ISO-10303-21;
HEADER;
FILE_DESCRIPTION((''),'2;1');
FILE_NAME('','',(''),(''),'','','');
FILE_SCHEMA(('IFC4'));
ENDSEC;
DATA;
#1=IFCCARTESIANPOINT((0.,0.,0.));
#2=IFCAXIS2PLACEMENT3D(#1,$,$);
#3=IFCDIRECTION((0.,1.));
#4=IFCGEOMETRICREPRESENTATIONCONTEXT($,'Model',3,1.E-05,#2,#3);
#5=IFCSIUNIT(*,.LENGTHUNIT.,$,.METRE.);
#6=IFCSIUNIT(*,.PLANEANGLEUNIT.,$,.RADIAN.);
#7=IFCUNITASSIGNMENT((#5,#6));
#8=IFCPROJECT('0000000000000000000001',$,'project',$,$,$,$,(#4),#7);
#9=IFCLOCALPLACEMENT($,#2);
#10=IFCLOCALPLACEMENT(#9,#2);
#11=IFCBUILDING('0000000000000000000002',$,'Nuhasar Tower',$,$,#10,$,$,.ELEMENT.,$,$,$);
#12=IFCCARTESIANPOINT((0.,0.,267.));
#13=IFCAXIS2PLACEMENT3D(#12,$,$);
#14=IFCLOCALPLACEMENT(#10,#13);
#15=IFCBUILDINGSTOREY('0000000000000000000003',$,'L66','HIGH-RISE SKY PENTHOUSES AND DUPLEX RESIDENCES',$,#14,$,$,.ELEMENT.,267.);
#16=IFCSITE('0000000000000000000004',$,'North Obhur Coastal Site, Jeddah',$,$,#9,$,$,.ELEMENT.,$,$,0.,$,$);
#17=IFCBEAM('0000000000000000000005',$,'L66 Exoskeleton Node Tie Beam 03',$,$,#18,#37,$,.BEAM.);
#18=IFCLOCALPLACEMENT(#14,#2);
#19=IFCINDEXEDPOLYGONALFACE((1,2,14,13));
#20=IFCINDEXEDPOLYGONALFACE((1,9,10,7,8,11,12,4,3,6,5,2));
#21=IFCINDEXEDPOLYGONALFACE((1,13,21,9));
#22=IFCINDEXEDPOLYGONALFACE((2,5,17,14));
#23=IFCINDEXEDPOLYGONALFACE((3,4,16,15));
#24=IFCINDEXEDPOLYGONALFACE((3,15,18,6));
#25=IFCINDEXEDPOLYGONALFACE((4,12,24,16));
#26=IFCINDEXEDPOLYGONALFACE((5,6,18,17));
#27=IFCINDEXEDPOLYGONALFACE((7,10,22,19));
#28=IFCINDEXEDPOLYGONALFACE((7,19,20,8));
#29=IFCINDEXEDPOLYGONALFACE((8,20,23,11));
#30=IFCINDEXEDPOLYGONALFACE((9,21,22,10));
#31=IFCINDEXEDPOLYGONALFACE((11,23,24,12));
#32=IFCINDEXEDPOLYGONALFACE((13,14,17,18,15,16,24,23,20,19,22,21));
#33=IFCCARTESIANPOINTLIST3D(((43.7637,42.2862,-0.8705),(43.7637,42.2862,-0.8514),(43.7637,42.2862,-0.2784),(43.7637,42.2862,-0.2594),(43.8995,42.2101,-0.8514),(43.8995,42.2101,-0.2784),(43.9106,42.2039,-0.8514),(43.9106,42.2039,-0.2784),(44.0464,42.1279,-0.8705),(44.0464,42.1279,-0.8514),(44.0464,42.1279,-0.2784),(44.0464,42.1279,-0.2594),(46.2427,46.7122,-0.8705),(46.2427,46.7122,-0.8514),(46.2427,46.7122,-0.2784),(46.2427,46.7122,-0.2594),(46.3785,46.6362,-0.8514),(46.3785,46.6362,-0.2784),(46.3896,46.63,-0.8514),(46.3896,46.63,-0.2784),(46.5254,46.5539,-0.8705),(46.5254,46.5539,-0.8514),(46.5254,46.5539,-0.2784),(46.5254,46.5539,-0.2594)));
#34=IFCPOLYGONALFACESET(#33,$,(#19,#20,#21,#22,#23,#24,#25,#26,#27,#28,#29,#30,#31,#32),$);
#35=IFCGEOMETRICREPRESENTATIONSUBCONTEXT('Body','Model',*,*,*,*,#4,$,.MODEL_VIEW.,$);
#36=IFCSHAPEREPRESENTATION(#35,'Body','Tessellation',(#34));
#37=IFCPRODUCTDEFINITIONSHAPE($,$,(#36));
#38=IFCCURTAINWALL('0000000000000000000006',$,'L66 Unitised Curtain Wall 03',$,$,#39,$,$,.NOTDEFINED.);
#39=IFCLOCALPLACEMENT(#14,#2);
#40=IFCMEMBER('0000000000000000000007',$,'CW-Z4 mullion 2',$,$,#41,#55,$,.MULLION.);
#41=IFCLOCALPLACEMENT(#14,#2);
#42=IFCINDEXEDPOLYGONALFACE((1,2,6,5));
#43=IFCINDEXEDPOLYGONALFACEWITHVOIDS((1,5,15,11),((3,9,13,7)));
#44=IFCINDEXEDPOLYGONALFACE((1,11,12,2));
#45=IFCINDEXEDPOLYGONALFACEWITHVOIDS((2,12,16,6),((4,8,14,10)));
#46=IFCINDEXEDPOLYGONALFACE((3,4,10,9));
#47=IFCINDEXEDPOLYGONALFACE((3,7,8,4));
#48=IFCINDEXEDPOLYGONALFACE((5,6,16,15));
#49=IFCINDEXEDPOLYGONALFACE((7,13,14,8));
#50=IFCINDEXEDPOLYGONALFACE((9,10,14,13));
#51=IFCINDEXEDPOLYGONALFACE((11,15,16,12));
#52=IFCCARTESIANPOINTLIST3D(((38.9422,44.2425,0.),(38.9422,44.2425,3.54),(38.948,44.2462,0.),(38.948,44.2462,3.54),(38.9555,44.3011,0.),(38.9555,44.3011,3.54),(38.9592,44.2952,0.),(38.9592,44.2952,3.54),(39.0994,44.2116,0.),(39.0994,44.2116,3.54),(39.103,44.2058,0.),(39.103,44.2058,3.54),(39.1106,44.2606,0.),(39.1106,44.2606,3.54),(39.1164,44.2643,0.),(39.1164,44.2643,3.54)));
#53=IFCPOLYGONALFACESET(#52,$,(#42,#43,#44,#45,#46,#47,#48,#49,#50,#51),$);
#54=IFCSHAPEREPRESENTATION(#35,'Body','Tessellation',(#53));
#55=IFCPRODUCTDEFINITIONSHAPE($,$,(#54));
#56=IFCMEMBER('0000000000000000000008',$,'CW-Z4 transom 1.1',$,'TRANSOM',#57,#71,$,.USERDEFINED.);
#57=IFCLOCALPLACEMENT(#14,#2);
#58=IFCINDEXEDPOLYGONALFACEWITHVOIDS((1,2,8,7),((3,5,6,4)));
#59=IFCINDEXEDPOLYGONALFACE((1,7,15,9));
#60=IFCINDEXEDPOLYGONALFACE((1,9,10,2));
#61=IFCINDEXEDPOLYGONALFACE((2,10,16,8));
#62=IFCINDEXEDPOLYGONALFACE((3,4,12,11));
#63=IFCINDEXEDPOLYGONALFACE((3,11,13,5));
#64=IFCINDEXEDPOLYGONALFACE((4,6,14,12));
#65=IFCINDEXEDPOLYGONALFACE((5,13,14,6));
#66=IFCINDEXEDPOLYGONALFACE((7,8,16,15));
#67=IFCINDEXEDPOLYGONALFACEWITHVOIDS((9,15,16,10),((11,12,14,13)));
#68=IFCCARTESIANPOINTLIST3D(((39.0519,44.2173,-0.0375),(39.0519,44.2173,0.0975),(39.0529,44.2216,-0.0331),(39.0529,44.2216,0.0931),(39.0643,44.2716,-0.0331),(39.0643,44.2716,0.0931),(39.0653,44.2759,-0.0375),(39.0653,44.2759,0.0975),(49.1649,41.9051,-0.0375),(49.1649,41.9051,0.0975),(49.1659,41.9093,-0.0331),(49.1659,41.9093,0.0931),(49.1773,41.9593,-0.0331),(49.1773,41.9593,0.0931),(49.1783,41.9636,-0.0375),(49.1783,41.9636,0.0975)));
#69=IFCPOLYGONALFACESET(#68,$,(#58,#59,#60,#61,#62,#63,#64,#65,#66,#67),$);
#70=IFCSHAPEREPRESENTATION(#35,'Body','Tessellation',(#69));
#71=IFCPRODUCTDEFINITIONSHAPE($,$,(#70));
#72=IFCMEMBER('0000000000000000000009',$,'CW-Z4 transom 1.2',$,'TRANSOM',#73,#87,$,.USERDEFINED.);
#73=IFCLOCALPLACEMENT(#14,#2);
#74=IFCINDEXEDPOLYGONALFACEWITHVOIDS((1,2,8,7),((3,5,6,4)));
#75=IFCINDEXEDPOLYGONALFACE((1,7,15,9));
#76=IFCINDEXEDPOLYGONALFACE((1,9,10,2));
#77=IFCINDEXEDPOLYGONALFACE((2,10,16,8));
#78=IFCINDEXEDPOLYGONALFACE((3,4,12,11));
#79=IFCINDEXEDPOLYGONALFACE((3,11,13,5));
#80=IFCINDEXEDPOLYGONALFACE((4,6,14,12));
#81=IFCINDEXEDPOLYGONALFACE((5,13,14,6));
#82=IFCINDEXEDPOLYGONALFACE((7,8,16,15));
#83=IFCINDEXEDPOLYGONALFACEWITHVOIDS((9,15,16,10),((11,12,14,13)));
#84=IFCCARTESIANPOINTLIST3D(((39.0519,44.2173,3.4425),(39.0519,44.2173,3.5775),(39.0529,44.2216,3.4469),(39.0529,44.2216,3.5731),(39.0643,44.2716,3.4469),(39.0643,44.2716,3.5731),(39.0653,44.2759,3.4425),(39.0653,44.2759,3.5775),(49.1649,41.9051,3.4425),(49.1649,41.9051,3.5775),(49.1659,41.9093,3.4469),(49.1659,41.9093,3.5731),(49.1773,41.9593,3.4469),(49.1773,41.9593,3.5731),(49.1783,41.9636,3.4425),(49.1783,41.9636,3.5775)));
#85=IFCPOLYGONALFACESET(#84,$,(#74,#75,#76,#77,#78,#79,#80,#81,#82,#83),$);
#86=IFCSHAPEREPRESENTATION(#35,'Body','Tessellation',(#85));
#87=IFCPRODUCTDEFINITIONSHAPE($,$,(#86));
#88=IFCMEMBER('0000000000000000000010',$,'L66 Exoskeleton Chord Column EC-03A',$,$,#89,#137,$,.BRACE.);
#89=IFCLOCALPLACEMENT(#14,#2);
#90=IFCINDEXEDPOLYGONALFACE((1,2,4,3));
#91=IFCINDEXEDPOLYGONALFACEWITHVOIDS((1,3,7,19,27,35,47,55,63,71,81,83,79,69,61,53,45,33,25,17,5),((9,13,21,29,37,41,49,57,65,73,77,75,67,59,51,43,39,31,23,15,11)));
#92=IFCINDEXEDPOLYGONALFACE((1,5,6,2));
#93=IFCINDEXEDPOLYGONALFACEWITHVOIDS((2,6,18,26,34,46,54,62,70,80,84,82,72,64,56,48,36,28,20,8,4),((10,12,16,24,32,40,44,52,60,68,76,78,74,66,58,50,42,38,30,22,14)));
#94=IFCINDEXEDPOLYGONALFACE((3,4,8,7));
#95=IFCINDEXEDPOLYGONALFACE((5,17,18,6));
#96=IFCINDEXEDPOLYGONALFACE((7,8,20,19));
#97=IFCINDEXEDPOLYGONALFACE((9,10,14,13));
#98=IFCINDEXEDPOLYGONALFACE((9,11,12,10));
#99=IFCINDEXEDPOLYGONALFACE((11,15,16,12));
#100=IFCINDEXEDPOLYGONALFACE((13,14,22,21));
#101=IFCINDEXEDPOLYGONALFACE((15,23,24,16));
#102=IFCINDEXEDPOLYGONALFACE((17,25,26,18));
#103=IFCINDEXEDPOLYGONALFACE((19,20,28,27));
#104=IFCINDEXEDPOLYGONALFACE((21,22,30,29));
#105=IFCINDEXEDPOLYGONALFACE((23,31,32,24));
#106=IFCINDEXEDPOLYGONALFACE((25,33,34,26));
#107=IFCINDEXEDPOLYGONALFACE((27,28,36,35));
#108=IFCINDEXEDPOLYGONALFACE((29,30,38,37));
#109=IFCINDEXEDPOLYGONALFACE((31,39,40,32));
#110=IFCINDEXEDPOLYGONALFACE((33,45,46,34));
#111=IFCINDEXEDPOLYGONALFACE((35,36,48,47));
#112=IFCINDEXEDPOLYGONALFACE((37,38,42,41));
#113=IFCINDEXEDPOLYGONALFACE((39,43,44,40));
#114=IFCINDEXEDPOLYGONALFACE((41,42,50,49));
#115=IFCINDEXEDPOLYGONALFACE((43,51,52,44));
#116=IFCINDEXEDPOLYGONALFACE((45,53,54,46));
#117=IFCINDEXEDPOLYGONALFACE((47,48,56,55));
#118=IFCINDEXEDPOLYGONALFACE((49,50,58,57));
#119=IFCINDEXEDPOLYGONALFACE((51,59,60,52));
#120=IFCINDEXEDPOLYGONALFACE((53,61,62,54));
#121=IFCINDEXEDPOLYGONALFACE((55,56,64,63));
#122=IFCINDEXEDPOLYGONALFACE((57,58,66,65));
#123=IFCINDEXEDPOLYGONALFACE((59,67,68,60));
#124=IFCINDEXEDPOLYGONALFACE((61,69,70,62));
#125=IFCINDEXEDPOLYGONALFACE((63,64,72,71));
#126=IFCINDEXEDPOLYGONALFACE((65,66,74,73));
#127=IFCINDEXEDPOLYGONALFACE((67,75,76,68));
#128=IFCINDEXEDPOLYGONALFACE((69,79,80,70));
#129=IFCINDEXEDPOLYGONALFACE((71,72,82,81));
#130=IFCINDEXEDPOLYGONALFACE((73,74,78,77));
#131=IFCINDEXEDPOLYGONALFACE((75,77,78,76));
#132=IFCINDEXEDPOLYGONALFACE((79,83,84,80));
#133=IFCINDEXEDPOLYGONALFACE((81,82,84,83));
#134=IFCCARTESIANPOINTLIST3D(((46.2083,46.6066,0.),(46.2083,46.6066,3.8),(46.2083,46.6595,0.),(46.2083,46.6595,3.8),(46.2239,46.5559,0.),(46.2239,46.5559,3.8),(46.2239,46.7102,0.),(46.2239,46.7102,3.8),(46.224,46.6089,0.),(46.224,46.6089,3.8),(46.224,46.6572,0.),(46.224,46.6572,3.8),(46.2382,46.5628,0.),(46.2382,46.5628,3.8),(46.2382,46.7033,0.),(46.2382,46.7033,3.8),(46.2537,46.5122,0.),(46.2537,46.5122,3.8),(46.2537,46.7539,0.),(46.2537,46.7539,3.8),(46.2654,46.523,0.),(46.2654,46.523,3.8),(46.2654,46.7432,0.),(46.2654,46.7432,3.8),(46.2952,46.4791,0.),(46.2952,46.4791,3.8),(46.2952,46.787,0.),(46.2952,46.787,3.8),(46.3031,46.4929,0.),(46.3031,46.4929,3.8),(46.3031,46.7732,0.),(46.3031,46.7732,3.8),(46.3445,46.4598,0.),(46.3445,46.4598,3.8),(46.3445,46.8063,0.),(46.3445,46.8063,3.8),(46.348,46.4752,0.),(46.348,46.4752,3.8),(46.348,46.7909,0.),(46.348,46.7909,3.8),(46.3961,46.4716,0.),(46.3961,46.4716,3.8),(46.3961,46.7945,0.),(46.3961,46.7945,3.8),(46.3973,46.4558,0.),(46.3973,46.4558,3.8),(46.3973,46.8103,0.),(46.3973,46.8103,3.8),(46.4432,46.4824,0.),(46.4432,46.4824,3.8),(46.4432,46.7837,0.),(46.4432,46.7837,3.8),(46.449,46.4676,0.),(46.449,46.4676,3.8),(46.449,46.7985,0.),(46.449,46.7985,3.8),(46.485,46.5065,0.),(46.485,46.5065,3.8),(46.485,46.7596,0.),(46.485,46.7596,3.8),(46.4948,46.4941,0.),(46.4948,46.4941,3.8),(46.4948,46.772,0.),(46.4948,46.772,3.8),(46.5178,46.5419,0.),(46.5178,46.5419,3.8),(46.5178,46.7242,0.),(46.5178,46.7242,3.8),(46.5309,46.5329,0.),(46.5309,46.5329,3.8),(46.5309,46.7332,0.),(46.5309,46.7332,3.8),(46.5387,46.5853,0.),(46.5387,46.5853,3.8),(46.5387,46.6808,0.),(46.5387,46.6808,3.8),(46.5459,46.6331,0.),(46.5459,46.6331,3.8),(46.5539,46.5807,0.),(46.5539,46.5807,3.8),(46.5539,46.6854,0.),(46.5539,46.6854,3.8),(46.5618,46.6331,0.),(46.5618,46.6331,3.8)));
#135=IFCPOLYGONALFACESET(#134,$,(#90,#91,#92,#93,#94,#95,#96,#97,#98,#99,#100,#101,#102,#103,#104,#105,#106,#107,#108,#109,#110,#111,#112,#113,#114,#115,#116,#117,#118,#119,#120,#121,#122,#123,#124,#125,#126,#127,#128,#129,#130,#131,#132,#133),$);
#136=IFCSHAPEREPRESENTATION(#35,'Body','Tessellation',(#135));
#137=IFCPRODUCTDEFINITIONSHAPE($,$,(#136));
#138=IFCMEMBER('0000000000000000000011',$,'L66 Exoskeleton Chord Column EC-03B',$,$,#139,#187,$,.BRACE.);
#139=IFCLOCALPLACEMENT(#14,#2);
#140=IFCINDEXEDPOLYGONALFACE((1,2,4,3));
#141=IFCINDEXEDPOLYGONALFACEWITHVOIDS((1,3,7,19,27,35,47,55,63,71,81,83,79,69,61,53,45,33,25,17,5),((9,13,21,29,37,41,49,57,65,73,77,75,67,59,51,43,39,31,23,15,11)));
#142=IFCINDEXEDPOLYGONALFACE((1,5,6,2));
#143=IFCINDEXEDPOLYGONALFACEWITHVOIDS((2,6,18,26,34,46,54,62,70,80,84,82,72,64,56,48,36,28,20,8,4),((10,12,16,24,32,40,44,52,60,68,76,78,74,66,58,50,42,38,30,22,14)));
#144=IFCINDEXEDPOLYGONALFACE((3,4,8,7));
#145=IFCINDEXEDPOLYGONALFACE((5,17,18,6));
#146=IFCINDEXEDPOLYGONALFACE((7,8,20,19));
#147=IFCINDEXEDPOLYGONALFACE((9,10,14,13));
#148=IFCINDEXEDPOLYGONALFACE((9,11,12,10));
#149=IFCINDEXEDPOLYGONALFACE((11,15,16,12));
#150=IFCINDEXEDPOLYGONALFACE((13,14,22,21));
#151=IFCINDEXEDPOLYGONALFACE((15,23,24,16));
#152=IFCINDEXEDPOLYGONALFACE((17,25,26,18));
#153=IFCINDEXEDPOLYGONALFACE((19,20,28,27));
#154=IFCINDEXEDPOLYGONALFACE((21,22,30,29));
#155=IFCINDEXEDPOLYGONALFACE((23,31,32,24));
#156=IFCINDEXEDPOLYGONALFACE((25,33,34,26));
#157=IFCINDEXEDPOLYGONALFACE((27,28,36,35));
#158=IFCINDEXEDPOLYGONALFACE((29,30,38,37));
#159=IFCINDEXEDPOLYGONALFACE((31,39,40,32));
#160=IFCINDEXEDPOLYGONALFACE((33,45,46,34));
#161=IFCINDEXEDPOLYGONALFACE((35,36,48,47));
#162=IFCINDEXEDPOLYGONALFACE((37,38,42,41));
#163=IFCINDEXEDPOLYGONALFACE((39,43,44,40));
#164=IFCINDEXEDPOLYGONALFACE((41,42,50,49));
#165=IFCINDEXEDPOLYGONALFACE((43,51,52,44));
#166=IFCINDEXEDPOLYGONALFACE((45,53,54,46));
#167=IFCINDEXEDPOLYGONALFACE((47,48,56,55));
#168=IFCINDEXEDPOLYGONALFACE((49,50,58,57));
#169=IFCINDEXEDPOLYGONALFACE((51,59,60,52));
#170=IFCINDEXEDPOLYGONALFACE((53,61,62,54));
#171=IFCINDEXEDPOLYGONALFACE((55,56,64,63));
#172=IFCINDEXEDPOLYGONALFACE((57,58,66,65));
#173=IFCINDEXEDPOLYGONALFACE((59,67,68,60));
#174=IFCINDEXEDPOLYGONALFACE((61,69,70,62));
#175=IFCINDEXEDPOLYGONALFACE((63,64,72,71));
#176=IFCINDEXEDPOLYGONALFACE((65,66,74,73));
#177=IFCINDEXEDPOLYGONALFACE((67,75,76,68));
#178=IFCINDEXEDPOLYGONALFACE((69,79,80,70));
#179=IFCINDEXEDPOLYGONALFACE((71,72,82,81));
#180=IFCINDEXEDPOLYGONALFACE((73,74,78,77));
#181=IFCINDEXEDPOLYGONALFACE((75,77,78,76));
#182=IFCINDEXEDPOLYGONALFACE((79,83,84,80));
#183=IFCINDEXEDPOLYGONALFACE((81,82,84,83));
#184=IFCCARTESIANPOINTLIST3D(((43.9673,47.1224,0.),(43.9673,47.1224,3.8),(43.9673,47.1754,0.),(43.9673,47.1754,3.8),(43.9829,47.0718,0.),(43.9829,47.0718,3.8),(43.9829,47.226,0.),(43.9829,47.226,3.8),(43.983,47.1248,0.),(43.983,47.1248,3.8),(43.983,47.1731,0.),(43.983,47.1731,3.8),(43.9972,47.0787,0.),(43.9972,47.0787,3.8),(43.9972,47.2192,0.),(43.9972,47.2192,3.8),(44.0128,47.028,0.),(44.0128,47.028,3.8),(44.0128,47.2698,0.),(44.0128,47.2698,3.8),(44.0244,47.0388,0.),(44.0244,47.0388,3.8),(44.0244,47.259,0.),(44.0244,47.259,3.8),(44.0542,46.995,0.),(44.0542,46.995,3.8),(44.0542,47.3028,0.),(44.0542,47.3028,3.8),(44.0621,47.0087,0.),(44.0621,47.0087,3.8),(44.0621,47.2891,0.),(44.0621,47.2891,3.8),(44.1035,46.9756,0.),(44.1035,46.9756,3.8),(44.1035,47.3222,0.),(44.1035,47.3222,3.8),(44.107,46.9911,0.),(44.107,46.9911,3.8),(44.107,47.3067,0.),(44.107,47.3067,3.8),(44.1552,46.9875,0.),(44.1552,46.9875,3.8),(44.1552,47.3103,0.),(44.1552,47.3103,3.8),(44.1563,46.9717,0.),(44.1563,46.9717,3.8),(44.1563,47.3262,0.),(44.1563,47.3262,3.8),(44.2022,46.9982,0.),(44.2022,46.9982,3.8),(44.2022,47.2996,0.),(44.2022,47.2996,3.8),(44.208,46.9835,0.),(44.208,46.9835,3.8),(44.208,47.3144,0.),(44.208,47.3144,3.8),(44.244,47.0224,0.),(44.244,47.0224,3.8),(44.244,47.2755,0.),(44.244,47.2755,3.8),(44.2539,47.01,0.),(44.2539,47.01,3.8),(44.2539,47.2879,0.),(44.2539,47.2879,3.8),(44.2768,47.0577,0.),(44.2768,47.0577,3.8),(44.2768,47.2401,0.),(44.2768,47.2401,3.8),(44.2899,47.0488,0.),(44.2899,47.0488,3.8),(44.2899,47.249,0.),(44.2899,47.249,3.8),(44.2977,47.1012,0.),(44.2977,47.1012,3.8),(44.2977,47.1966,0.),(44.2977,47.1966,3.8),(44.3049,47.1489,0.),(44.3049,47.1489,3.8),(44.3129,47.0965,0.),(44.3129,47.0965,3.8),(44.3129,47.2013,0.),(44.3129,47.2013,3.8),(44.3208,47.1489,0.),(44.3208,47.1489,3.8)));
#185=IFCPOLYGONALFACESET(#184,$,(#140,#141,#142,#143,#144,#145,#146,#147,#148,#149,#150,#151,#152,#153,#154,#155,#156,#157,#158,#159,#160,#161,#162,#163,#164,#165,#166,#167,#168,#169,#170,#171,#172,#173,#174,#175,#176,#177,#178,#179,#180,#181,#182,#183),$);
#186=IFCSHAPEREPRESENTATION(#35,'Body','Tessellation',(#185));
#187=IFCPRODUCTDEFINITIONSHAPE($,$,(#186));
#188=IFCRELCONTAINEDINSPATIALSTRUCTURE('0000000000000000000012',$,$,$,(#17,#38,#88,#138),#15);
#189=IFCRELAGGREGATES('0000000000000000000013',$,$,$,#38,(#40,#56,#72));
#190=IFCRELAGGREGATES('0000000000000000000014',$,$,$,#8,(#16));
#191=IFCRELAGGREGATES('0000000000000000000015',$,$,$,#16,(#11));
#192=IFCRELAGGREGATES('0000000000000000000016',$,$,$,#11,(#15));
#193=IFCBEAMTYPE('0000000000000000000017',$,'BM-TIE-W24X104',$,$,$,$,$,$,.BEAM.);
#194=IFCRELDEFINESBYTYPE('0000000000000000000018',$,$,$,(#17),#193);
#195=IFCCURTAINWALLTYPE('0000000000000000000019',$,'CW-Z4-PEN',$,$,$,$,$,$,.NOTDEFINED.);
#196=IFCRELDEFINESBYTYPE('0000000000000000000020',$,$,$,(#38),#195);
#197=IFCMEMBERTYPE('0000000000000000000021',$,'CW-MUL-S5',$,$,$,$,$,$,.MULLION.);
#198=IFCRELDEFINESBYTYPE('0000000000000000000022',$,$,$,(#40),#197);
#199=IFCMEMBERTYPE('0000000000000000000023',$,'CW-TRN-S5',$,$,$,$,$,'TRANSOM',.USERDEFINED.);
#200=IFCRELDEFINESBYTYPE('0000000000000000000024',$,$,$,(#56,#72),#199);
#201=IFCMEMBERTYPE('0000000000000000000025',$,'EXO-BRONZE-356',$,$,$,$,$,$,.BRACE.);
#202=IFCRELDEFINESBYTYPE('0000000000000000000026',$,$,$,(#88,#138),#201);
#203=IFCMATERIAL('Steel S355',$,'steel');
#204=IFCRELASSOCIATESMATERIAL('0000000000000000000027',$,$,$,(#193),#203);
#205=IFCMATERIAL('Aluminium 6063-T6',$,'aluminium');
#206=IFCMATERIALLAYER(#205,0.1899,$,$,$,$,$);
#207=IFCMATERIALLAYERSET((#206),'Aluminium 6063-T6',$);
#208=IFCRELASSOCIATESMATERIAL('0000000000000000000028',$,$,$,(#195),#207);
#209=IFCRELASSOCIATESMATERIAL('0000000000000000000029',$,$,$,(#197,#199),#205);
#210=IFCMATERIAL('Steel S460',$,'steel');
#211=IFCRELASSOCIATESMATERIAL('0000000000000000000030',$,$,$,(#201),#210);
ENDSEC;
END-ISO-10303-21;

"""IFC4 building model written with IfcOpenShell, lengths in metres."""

from ifc_helpers import new_model, si_unit, direction, frame, origin, origin_2d, place, context, subcontext, project, spatial, hollow_rectangle, hollow_circle, i_section, extrude, material, layer, layer_set, material_profile, profile_set, type_object, element, aggregate, save


model = new_model("IFC4")

# Units and contexts
model_context = context("Model", 3, precision=1e-05, world=origin(), true_north=direction((0.0, 1.0)))
body_context = subcontext(model_context, "Body", "Model", "MODEL_VIEW")
ifc_project = project(units=[si_unit("LENGTHUNIT", "METRE"), si_unit("PLANEANGLEUNIT", "RADIAN")], contexts=[model_context])

# Site, building, storey
site_placement = place(None, origin())
site = spatial("IfcSite", under=ifc_project, at=site_placement, Name="North Obhur Coastal Site, Jeddah", CompositionType="ELEMENT", RefElevation=0.0)
building_placement = place(site_placement, origin())
building = spatial("IfcBuilding", under=site, at=building_placement, Name="Nuhasar Tower", CompositionType="ELEMENT")
storey_placement = place(building_placement, frame((0.0, 0.0, 267.0)))
storey = spatial("IfcBuildingStorey", under=building, at=storey_placement, Name="L66", Description="HIGH-RISE SKY PENTHOUSES AND DUPLEX RESIDENCES", CompositionType="ELEMENT", Elevation=267.0)

# Beam
ifc_material_1 = material(Name="Steel S355", Category="steel")
ifc_material_profile_1 = material_profile(ifc_material_1, i_section(OverallWidth=0.324, OverallDepth=0.6111, WebThickness=0.0127, FlangeThickness=0.019, at=origin_2d()), Name="W24X104")
ifc_profile_set_1 = profile_set([ifc_material_profile_1], Name="Steel S355")
beam_type_1 = type_object("IfcBeamType", Name="BM-TIE-W24X104", PredefinedType="BEAM", material=ifc_profile_set_1)
beam_1_placement = place(storey_placement, frame((43.905, 42.207, -0.5649), z_axis=(0.488668, 0.87247, 0.0), x_axis=(-0.87247, 0.488668, 0.0)))
element("IfcBeam", 1, at=beam_1_placement, inside=storey, type_object=beam_type_1, Name="L66 Exoskeleton Node Tie Beam 03", PredefinedType="BEAM", context=body_context, shape_type="SweptSolid", body=[
    extrude(i_section(OverallWidth=0.324, OverallDepth=0.6111, WebThickness=0.0127, FlangeThickness=0.019, at=origin_2d()), origin(), (0.0, 0.0, 1.0), 5.073),
])

# Curtain wall, members
ifc_material_2 = material(Name="Aluminium 6063-T6", Category="aluminium")
ifc_layer_1 = layer(ifc_material_2, 0.1899)
ifc_layer_set_1 = layer_set([ifc_layer_1], Name="Aluminium 6063-T6")
curtain_wall_type = type_object("IfcCurtainWallType", Name="CW-Z4-PEN", PredefinedType="NOTDEFINED", material=ifc_layer_set_1)
curtain_wall_placement = place(storey_placement, origin())
curtain_wall = element("IfcCurtainWall", 2, at=curtain_wall_placement, inside=storey, type_object=curtain_wall_type, Name="L66 Unitised Curtain Wall 03", PredefinedType="NOTDEFINED")
ifc_material_profile_2 = material_profile(ifc_material_2, hollow_rectangle(XDim=0.0601, YDim=0.165, WallThickness=0.0049, at=origin_2d()), Name="CWM-5")
ifc_profile_set_2 = profile_set([ifc_material_profile_2], Name="Aluminium 6063-T6")
member_type_1 = type_object("IfcMemberType", Name="CW-MUL-S5", PredefinedType="MULLION", material=ifc_profile_set_2)
member_1_placement = place(storey_placement, frame((39.0293, 44.2534, 0.0), z_axis=(0.0, 0.0, 1.0), x_axis=(-0.222889, -0.974844, 0.0)))
member_1 = element("IfcMember", 3, at=member_1_placement, type_object=member_type_1, Name="CW-Z4 mullion 2", PredefinedType="MULLION", context=body_context, shape_type="SweptSolid", body=[
    extrude(hollow_rectangle(XDim=0.0601, YDim=0.165, WallThickness=0.0049, at=origin_2d()), origin(), (0.0, 0.0, 1.0), 3.54),
])
ifc_material_profile_3 = material_profile(ifc_material_2, hollow_rectangle(XDim=0.0601, YDim=0.135, WallThickness=0.0044, at=origin_2d()), Name="CWT-5")
ifc_profile_set_3 = profile_set([ifc_material_profile_3], Name="Aluminium 6063-T6")
member_type_2 = type_object("IfcMemberType", Name="CW-TRN-S5", ElementType="TRANSOM", PredefinedType="USERDEFINED", material=ifc_profile_set_3)
member_2_placement = place(storey_placement, frame((49.1716, 41.9343, 0.03), z_axis=(-0.974844, 0.222889, 0.0), x_axis=(-0.222889, -0.974844, 0.0)))
member_2 = element("IfcMember", 4, at=member_2_placement, type_object=member_type_2, Name="CW-Z4 transom 1.1", ObjectType="TRANSOM", PredefinedType="USERDEFINED", context=body_context, shape_type="SweptSolid", body=[
    extrude(hollow_rectangle(XDim=0.0601, YDim=0.135, WallThickness=0.0044, at=origin_2d()), origin(), (0.0, 0.0, 1.0), 10.374),
])
member_3_placement = place(storey_placement, frame((49.1716, 41.9343, 3.51), z_axis=(-0.974844, 0.222889, 0.0), x_axis=(-0.222889, -0.974844, 0.0)))
member_3 = element("IfcMember", 5, at=member_3_placement, type_object=member_type_2, Name="CW-Z4 transom 1.2", ObjectType="TRANSOM", PredefinedType="USERDEFINED", context=body_context, shape_type="SweptSolid", body=[
    extrude(hollow_rectangle(XDim=0.0601, YDim=0.135, WallThickness=0.0044, at=origin_2d()), origin(), (0.0, 0.0, 1.0), 10.374),
])

# Members
ifc_material_3 = material(Name="Steel S460", Category="steel")
ifc_material_profile_4 = material_profile(ifc_material_3, hollow_circle(Radius=0.1777, WallThickness=0.0159, at=origin_2d()), Name="HSS355.6X15.9")
ifc_profile_set_4 = profile_set([ifc_material_profile_4], Name="Steel S460")
member_type_3 = type_object("IfcMemberType", Name="EXO-BRONZE-356", PredefinedType="BRACE", material=ifc_profile_set_4)
for number, where, z_axis, x_axis, name in (
    (6, (46.384, 46.6331, 0.0), (0.0, 0.0, 1.0), (1.0, 0.0, 0.0), "L66 Exoskeleton Chord Column EC-03A"),
    (7, (44.1431, 47.1489, 0.0), (0.0, 0.0, 1.0), (1.0, 0.0, 0.0), "L66 Exoskeleton Chord Column EC-03B"),
):
    element("IfcMember", number, at=place(storey_placement, frame(where, z_axis=z_axis, x_axis=x_axis)), inside=storey, type_object=member_type_3, Name=name, PredefinedType="BRACE", context=body_context, shape_type="SweptSolid", body=[
        extrude(hollow_circle(Radius=0.1777, WallThickness=0.0159, at=origin_2d()), origin(), (0.0, 0.0, 1.0), 3.8),
    ])

aggregate(curtain_wall, [member_1, member_2, member_3])

save(model, "model.ifc")
